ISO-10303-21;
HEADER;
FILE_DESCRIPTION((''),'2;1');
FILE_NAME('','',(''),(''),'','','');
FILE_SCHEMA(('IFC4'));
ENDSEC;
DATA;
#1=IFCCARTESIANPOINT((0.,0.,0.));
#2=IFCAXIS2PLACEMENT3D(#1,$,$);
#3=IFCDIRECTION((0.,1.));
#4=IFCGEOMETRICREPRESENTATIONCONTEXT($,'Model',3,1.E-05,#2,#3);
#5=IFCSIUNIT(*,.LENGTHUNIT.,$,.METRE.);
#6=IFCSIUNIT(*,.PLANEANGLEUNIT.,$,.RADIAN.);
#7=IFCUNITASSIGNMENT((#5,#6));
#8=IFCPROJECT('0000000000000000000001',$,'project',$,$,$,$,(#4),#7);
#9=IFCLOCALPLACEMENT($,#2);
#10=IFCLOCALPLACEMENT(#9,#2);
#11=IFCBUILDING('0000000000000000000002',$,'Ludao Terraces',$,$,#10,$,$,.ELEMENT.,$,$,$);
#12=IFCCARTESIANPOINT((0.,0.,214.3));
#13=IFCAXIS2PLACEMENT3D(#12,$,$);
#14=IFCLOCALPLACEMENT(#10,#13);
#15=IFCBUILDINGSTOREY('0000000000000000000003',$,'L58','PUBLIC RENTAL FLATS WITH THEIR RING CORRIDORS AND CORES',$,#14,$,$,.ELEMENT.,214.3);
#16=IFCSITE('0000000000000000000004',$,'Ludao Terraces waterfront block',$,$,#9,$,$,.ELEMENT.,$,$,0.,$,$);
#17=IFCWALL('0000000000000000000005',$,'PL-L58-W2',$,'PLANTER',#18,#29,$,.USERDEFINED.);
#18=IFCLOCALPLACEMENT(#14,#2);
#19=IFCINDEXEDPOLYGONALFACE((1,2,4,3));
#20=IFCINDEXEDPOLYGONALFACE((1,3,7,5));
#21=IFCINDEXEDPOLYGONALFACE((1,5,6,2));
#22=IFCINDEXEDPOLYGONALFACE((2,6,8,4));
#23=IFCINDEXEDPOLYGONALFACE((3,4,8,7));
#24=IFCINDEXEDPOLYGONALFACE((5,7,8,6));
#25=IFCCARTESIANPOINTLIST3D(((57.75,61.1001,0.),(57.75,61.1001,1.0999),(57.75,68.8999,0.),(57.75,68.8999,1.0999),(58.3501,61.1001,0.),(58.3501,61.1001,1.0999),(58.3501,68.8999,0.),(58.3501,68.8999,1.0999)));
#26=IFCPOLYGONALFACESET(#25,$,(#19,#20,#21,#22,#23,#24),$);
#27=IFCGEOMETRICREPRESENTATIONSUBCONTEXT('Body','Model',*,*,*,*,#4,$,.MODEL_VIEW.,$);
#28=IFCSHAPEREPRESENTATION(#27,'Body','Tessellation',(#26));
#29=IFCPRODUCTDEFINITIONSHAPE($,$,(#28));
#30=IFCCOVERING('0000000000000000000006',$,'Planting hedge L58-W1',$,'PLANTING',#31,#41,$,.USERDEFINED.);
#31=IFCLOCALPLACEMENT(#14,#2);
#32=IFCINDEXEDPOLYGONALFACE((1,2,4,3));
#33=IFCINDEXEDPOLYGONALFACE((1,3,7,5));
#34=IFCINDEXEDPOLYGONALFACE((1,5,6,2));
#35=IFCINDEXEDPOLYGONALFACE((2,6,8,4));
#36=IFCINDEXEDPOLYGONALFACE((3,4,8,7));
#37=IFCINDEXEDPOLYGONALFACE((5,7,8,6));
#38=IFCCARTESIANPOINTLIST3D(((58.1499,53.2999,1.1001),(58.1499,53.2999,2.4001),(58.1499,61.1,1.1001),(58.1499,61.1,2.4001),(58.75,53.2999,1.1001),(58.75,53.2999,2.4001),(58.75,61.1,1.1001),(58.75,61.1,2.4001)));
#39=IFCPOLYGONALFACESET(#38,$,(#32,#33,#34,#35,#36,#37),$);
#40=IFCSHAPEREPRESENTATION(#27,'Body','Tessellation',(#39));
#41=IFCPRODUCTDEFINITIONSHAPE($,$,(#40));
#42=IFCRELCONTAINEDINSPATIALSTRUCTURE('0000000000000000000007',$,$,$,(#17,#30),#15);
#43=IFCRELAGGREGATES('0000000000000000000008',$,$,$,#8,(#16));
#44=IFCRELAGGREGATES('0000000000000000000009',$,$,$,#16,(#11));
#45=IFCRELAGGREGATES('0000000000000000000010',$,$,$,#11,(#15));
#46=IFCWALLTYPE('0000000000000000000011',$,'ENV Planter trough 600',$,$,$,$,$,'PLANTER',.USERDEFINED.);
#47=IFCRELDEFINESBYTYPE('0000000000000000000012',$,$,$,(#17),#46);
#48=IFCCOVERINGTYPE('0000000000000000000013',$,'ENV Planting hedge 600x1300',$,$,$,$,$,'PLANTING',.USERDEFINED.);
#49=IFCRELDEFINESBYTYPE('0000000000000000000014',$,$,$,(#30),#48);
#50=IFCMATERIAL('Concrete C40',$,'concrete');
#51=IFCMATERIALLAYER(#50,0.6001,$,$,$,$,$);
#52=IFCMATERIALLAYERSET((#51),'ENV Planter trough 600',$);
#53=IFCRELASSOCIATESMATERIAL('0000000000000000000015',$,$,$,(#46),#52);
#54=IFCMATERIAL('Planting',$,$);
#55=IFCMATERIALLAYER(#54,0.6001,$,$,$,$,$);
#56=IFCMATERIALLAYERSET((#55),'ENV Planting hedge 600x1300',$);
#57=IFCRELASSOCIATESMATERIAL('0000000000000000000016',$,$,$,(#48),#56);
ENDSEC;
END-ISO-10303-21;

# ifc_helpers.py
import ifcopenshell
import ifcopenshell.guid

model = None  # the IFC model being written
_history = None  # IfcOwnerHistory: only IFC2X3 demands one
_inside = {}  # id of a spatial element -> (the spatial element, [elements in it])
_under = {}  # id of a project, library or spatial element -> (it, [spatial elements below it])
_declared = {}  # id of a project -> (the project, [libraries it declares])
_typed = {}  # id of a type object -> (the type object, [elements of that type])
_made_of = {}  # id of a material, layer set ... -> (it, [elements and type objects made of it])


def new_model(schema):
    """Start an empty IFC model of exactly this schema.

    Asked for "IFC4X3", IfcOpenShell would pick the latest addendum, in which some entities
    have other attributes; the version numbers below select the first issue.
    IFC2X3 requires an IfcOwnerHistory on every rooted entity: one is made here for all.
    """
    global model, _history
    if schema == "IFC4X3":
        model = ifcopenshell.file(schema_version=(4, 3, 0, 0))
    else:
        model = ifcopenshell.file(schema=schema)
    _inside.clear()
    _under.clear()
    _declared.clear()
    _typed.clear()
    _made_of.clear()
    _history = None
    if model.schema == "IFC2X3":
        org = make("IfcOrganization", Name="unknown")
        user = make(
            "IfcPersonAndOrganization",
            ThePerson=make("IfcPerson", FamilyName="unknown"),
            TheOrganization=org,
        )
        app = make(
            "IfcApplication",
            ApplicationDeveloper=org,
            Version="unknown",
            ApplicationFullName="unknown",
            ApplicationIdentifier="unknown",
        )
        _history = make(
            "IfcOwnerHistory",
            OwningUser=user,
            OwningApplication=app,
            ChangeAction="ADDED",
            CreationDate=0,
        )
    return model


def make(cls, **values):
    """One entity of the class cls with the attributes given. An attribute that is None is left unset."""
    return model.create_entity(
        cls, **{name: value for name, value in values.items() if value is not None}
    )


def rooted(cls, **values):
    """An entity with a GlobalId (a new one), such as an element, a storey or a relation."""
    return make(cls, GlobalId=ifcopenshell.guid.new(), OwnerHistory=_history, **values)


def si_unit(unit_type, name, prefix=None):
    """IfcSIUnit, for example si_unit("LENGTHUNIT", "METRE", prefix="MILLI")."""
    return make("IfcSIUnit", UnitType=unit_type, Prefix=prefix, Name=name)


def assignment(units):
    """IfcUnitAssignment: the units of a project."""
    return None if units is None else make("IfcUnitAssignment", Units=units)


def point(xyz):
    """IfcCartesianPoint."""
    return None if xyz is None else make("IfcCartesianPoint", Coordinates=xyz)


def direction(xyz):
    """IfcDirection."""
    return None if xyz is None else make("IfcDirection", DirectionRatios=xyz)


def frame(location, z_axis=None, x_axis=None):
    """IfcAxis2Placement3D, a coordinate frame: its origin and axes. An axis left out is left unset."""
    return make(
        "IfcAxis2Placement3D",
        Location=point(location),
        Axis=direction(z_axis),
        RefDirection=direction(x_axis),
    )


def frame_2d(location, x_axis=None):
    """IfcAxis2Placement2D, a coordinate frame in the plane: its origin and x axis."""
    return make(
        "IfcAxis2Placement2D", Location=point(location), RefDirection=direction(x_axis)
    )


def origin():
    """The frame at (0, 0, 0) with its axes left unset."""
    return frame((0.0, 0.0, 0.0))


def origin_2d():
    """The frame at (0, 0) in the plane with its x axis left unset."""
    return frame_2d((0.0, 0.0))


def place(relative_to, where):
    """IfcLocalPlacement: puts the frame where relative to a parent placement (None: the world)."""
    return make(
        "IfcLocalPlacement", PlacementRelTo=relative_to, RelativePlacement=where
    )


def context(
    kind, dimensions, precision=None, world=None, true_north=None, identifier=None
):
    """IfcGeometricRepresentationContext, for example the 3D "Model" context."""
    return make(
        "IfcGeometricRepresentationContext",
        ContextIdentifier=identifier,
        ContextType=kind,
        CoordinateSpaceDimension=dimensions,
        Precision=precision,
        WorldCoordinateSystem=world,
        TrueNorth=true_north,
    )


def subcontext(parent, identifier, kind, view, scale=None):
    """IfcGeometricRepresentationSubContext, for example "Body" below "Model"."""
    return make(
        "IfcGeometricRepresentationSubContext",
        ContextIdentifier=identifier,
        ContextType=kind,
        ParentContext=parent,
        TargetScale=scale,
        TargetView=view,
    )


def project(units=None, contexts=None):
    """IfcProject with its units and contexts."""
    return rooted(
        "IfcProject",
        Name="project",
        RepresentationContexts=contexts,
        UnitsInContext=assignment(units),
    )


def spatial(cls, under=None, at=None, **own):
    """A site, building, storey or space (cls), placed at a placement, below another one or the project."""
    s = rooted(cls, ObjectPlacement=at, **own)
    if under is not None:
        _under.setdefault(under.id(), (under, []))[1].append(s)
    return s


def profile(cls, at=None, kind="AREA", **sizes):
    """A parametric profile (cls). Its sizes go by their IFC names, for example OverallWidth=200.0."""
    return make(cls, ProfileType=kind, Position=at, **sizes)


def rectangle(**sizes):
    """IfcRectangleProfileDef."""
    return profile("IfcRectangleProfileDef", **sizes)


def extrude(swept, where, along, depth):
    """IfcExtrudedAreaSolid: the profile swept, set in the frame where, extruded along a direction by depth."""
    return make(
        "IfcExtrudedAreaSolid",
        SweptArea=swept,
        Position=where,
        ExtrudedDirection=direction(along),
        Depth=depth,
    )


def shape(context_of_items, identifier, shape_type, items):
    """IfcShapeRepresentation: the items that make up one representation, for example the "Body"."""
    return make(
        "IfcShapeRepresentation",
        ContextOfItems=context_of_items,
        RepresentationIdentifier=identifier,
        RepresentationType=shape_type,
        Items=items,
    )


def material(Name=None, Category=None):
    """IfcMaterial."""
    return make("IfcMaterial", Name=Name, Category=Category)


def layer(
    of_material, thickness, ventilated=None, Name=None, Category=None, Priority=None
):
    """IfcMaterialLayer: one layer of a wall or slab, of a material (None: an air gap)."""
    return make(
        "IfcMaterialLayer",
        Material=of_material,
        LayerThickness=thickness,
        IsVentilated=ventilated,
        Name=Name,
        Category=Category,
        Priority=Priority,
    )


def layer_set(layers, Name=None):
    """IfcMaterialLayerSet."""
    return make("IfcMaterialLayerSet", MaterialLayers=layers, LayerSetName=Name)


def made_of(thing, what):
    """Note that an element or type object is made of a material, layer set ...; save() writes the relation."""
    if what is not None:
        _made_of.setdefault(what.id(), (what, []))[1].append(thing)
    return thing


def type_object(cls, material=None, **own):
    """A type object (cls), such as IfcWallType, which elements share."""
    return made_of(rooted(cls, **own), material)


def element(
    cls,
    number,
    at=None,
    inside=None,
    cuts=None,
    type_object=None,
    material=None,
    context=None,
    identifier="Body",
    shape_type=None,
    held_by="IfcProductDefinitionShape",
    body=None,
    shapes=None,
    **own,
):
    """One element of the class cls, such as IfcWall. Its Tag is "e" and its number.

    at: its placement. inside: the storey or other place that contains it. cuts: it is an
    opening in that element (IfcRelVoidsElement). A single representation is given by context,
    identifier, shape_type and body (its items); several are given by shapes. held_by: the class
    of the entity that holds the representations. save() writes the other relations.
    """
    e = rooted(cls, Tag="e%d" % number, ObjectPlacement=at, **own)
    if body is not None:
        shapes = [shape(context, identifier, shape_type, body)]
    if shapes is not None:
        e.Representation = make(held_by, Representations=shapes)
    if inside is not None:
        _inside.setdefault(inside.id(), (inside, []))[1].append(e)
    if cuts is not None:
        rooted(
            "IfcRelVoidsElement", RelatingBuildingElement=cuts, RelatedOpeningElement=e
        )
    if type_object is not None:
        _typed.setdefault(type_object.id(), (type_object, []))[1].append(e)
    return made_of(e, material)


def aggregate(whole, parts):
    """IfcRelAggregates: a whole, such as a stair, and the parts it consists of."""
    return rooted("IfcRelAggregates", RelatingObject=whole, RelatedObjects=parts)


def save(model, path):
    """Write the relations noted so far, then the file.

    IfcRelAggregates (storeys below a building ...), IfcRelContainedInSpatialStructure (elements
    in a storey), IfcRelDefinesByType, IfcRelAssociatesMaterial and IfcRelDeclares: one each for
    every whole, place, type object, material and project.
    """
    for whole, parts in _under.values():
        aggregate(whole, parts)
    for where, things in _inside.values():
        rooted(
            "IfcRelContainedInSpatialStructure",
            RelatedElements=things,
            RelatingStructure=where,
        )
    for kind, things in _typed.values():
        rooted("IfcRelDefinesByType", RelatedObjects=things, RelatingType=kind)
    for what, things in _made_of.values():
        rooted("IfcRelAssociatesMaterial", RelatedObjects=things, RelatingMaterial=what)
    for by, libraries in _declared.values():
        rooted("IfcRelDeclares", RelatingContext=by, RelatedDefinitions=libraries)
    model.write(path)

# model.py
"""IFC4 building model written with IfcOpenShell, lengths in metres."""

from ifc_helpers import new_model, si_unit, direction, frame, frame_2d, origin, origin_2d, place, context, subcontext, project, spatial, rectangle, extrude, material, layer, layer_set, type_object, element, save


model = new_model("IFC4")

# Units and contexts
model_context = context("Model", 3, precision=1e-05, world=origin(), true_north=direction((0.0, 1.0)))
body_context = subcontext(model_context, "Body", "Model", "MODEL_VIEW")
ifc_project = project(units=[si_unit("LENGTHUNIT", "METRE"), si_unit("PLANEANGLEUNIT", "RADIAN")], contexts=[model_context])

# Site, building, storey
site_placement = place(None, origin())
site = spatial("IfcSite", under=ifc_project, at=site_placement, Name="Ludao Terraces waterfront block", CompositionType="ELEMENT", RefElevation=0.0)
building_placement = place(site_placement, origin())
building = spatial("IfcBuilding", under=site, at=building_placement, Name="Ludao Terraces", CompositionType="ELEMENT")
storey_placement = place(building_placement, frame((0.0, 0.0, 214.3)))
storey = spatial("IfcBuildingStorey", under=building, at=storey_placement, Name="L58", Description="PUBLIC RENTAL FLATS WITH THEIR RING CORRIDORS AND CORES", CompositionType="ELEMENT", Elevation=214.3)

# Shared definitions
ifc_material_1 = material(Name="Concrete C40", Category="concrete")

# Wall
ifc_layer_1 = layer(ifc_material_1, 0.6001)
ifc_layer_set_1 = layer_set([ifc_layer_1], Name="ENV Planter trough 600")
wall_type = type_object("IfcWallType", Name="ENV Planter trough 600", ElementType="PLANTER", PredefinedType="USERDEFINED", material=ifc_layer_set_1)
wall_1_placement = place(storey_placement, frame((58.05, 61.1001, 0.0), z_axis=(0.0, 0.0, 1.0), x_axis=(0.0, 1.0, 0.0)))
element("IfcWall", 1, at=wall_1_placement, inside=storey, type_object=wall_type, Name="PL-L58-W2", ObjectType="PLANTER", PredefinedType="USERDEFINED", context=body_context, shape_type="SweptSolid", body=[
    extrude(rectangle(XDim=7.7998, YDim=0.6001, at=frame_2d((3.8999, 0.0))), origin(), (0.0, 0.0, 1.0), 1.0999),
])

# Covering
ifc_material_2 = material(Name="Planting")
ifc_layer_2 = layer(ifc_material_2, 0.6001)
ifc_layer_set_2 = layer_set([ifc_layer_2], Name="ENV Planting hedge 600x1300")
covering_type = type_object("IfcCoveringType", Name="ENV Planting hedge 600x1300", ElementType="PLANTING", PredefinedType="USERDEFINED", material=ifc_layer_set_2)
covering_placement = place(storey_placement, frame((58.45, 57.2, 1.1001), z_axis=(0.0, 0.0, 1.0), x_axis=(1.0, 0.0, 0.0)))
element("IfcCovering", 2, at=covering_placement, inside=storey, type_object=covering_type, Name="Planting hedge L58-W1", ObjectType="PLANTING", PredefinedType="USERDEFINED", context=body_context, shape_type="SweptSolid", body=[
    extrude(rectangle(XDim=0.6001, YDim=7.8, at=origin_2d()), origin(), (0.0, 0.0, 1.0), 1.3),
])

save(model, "model.ifc")
